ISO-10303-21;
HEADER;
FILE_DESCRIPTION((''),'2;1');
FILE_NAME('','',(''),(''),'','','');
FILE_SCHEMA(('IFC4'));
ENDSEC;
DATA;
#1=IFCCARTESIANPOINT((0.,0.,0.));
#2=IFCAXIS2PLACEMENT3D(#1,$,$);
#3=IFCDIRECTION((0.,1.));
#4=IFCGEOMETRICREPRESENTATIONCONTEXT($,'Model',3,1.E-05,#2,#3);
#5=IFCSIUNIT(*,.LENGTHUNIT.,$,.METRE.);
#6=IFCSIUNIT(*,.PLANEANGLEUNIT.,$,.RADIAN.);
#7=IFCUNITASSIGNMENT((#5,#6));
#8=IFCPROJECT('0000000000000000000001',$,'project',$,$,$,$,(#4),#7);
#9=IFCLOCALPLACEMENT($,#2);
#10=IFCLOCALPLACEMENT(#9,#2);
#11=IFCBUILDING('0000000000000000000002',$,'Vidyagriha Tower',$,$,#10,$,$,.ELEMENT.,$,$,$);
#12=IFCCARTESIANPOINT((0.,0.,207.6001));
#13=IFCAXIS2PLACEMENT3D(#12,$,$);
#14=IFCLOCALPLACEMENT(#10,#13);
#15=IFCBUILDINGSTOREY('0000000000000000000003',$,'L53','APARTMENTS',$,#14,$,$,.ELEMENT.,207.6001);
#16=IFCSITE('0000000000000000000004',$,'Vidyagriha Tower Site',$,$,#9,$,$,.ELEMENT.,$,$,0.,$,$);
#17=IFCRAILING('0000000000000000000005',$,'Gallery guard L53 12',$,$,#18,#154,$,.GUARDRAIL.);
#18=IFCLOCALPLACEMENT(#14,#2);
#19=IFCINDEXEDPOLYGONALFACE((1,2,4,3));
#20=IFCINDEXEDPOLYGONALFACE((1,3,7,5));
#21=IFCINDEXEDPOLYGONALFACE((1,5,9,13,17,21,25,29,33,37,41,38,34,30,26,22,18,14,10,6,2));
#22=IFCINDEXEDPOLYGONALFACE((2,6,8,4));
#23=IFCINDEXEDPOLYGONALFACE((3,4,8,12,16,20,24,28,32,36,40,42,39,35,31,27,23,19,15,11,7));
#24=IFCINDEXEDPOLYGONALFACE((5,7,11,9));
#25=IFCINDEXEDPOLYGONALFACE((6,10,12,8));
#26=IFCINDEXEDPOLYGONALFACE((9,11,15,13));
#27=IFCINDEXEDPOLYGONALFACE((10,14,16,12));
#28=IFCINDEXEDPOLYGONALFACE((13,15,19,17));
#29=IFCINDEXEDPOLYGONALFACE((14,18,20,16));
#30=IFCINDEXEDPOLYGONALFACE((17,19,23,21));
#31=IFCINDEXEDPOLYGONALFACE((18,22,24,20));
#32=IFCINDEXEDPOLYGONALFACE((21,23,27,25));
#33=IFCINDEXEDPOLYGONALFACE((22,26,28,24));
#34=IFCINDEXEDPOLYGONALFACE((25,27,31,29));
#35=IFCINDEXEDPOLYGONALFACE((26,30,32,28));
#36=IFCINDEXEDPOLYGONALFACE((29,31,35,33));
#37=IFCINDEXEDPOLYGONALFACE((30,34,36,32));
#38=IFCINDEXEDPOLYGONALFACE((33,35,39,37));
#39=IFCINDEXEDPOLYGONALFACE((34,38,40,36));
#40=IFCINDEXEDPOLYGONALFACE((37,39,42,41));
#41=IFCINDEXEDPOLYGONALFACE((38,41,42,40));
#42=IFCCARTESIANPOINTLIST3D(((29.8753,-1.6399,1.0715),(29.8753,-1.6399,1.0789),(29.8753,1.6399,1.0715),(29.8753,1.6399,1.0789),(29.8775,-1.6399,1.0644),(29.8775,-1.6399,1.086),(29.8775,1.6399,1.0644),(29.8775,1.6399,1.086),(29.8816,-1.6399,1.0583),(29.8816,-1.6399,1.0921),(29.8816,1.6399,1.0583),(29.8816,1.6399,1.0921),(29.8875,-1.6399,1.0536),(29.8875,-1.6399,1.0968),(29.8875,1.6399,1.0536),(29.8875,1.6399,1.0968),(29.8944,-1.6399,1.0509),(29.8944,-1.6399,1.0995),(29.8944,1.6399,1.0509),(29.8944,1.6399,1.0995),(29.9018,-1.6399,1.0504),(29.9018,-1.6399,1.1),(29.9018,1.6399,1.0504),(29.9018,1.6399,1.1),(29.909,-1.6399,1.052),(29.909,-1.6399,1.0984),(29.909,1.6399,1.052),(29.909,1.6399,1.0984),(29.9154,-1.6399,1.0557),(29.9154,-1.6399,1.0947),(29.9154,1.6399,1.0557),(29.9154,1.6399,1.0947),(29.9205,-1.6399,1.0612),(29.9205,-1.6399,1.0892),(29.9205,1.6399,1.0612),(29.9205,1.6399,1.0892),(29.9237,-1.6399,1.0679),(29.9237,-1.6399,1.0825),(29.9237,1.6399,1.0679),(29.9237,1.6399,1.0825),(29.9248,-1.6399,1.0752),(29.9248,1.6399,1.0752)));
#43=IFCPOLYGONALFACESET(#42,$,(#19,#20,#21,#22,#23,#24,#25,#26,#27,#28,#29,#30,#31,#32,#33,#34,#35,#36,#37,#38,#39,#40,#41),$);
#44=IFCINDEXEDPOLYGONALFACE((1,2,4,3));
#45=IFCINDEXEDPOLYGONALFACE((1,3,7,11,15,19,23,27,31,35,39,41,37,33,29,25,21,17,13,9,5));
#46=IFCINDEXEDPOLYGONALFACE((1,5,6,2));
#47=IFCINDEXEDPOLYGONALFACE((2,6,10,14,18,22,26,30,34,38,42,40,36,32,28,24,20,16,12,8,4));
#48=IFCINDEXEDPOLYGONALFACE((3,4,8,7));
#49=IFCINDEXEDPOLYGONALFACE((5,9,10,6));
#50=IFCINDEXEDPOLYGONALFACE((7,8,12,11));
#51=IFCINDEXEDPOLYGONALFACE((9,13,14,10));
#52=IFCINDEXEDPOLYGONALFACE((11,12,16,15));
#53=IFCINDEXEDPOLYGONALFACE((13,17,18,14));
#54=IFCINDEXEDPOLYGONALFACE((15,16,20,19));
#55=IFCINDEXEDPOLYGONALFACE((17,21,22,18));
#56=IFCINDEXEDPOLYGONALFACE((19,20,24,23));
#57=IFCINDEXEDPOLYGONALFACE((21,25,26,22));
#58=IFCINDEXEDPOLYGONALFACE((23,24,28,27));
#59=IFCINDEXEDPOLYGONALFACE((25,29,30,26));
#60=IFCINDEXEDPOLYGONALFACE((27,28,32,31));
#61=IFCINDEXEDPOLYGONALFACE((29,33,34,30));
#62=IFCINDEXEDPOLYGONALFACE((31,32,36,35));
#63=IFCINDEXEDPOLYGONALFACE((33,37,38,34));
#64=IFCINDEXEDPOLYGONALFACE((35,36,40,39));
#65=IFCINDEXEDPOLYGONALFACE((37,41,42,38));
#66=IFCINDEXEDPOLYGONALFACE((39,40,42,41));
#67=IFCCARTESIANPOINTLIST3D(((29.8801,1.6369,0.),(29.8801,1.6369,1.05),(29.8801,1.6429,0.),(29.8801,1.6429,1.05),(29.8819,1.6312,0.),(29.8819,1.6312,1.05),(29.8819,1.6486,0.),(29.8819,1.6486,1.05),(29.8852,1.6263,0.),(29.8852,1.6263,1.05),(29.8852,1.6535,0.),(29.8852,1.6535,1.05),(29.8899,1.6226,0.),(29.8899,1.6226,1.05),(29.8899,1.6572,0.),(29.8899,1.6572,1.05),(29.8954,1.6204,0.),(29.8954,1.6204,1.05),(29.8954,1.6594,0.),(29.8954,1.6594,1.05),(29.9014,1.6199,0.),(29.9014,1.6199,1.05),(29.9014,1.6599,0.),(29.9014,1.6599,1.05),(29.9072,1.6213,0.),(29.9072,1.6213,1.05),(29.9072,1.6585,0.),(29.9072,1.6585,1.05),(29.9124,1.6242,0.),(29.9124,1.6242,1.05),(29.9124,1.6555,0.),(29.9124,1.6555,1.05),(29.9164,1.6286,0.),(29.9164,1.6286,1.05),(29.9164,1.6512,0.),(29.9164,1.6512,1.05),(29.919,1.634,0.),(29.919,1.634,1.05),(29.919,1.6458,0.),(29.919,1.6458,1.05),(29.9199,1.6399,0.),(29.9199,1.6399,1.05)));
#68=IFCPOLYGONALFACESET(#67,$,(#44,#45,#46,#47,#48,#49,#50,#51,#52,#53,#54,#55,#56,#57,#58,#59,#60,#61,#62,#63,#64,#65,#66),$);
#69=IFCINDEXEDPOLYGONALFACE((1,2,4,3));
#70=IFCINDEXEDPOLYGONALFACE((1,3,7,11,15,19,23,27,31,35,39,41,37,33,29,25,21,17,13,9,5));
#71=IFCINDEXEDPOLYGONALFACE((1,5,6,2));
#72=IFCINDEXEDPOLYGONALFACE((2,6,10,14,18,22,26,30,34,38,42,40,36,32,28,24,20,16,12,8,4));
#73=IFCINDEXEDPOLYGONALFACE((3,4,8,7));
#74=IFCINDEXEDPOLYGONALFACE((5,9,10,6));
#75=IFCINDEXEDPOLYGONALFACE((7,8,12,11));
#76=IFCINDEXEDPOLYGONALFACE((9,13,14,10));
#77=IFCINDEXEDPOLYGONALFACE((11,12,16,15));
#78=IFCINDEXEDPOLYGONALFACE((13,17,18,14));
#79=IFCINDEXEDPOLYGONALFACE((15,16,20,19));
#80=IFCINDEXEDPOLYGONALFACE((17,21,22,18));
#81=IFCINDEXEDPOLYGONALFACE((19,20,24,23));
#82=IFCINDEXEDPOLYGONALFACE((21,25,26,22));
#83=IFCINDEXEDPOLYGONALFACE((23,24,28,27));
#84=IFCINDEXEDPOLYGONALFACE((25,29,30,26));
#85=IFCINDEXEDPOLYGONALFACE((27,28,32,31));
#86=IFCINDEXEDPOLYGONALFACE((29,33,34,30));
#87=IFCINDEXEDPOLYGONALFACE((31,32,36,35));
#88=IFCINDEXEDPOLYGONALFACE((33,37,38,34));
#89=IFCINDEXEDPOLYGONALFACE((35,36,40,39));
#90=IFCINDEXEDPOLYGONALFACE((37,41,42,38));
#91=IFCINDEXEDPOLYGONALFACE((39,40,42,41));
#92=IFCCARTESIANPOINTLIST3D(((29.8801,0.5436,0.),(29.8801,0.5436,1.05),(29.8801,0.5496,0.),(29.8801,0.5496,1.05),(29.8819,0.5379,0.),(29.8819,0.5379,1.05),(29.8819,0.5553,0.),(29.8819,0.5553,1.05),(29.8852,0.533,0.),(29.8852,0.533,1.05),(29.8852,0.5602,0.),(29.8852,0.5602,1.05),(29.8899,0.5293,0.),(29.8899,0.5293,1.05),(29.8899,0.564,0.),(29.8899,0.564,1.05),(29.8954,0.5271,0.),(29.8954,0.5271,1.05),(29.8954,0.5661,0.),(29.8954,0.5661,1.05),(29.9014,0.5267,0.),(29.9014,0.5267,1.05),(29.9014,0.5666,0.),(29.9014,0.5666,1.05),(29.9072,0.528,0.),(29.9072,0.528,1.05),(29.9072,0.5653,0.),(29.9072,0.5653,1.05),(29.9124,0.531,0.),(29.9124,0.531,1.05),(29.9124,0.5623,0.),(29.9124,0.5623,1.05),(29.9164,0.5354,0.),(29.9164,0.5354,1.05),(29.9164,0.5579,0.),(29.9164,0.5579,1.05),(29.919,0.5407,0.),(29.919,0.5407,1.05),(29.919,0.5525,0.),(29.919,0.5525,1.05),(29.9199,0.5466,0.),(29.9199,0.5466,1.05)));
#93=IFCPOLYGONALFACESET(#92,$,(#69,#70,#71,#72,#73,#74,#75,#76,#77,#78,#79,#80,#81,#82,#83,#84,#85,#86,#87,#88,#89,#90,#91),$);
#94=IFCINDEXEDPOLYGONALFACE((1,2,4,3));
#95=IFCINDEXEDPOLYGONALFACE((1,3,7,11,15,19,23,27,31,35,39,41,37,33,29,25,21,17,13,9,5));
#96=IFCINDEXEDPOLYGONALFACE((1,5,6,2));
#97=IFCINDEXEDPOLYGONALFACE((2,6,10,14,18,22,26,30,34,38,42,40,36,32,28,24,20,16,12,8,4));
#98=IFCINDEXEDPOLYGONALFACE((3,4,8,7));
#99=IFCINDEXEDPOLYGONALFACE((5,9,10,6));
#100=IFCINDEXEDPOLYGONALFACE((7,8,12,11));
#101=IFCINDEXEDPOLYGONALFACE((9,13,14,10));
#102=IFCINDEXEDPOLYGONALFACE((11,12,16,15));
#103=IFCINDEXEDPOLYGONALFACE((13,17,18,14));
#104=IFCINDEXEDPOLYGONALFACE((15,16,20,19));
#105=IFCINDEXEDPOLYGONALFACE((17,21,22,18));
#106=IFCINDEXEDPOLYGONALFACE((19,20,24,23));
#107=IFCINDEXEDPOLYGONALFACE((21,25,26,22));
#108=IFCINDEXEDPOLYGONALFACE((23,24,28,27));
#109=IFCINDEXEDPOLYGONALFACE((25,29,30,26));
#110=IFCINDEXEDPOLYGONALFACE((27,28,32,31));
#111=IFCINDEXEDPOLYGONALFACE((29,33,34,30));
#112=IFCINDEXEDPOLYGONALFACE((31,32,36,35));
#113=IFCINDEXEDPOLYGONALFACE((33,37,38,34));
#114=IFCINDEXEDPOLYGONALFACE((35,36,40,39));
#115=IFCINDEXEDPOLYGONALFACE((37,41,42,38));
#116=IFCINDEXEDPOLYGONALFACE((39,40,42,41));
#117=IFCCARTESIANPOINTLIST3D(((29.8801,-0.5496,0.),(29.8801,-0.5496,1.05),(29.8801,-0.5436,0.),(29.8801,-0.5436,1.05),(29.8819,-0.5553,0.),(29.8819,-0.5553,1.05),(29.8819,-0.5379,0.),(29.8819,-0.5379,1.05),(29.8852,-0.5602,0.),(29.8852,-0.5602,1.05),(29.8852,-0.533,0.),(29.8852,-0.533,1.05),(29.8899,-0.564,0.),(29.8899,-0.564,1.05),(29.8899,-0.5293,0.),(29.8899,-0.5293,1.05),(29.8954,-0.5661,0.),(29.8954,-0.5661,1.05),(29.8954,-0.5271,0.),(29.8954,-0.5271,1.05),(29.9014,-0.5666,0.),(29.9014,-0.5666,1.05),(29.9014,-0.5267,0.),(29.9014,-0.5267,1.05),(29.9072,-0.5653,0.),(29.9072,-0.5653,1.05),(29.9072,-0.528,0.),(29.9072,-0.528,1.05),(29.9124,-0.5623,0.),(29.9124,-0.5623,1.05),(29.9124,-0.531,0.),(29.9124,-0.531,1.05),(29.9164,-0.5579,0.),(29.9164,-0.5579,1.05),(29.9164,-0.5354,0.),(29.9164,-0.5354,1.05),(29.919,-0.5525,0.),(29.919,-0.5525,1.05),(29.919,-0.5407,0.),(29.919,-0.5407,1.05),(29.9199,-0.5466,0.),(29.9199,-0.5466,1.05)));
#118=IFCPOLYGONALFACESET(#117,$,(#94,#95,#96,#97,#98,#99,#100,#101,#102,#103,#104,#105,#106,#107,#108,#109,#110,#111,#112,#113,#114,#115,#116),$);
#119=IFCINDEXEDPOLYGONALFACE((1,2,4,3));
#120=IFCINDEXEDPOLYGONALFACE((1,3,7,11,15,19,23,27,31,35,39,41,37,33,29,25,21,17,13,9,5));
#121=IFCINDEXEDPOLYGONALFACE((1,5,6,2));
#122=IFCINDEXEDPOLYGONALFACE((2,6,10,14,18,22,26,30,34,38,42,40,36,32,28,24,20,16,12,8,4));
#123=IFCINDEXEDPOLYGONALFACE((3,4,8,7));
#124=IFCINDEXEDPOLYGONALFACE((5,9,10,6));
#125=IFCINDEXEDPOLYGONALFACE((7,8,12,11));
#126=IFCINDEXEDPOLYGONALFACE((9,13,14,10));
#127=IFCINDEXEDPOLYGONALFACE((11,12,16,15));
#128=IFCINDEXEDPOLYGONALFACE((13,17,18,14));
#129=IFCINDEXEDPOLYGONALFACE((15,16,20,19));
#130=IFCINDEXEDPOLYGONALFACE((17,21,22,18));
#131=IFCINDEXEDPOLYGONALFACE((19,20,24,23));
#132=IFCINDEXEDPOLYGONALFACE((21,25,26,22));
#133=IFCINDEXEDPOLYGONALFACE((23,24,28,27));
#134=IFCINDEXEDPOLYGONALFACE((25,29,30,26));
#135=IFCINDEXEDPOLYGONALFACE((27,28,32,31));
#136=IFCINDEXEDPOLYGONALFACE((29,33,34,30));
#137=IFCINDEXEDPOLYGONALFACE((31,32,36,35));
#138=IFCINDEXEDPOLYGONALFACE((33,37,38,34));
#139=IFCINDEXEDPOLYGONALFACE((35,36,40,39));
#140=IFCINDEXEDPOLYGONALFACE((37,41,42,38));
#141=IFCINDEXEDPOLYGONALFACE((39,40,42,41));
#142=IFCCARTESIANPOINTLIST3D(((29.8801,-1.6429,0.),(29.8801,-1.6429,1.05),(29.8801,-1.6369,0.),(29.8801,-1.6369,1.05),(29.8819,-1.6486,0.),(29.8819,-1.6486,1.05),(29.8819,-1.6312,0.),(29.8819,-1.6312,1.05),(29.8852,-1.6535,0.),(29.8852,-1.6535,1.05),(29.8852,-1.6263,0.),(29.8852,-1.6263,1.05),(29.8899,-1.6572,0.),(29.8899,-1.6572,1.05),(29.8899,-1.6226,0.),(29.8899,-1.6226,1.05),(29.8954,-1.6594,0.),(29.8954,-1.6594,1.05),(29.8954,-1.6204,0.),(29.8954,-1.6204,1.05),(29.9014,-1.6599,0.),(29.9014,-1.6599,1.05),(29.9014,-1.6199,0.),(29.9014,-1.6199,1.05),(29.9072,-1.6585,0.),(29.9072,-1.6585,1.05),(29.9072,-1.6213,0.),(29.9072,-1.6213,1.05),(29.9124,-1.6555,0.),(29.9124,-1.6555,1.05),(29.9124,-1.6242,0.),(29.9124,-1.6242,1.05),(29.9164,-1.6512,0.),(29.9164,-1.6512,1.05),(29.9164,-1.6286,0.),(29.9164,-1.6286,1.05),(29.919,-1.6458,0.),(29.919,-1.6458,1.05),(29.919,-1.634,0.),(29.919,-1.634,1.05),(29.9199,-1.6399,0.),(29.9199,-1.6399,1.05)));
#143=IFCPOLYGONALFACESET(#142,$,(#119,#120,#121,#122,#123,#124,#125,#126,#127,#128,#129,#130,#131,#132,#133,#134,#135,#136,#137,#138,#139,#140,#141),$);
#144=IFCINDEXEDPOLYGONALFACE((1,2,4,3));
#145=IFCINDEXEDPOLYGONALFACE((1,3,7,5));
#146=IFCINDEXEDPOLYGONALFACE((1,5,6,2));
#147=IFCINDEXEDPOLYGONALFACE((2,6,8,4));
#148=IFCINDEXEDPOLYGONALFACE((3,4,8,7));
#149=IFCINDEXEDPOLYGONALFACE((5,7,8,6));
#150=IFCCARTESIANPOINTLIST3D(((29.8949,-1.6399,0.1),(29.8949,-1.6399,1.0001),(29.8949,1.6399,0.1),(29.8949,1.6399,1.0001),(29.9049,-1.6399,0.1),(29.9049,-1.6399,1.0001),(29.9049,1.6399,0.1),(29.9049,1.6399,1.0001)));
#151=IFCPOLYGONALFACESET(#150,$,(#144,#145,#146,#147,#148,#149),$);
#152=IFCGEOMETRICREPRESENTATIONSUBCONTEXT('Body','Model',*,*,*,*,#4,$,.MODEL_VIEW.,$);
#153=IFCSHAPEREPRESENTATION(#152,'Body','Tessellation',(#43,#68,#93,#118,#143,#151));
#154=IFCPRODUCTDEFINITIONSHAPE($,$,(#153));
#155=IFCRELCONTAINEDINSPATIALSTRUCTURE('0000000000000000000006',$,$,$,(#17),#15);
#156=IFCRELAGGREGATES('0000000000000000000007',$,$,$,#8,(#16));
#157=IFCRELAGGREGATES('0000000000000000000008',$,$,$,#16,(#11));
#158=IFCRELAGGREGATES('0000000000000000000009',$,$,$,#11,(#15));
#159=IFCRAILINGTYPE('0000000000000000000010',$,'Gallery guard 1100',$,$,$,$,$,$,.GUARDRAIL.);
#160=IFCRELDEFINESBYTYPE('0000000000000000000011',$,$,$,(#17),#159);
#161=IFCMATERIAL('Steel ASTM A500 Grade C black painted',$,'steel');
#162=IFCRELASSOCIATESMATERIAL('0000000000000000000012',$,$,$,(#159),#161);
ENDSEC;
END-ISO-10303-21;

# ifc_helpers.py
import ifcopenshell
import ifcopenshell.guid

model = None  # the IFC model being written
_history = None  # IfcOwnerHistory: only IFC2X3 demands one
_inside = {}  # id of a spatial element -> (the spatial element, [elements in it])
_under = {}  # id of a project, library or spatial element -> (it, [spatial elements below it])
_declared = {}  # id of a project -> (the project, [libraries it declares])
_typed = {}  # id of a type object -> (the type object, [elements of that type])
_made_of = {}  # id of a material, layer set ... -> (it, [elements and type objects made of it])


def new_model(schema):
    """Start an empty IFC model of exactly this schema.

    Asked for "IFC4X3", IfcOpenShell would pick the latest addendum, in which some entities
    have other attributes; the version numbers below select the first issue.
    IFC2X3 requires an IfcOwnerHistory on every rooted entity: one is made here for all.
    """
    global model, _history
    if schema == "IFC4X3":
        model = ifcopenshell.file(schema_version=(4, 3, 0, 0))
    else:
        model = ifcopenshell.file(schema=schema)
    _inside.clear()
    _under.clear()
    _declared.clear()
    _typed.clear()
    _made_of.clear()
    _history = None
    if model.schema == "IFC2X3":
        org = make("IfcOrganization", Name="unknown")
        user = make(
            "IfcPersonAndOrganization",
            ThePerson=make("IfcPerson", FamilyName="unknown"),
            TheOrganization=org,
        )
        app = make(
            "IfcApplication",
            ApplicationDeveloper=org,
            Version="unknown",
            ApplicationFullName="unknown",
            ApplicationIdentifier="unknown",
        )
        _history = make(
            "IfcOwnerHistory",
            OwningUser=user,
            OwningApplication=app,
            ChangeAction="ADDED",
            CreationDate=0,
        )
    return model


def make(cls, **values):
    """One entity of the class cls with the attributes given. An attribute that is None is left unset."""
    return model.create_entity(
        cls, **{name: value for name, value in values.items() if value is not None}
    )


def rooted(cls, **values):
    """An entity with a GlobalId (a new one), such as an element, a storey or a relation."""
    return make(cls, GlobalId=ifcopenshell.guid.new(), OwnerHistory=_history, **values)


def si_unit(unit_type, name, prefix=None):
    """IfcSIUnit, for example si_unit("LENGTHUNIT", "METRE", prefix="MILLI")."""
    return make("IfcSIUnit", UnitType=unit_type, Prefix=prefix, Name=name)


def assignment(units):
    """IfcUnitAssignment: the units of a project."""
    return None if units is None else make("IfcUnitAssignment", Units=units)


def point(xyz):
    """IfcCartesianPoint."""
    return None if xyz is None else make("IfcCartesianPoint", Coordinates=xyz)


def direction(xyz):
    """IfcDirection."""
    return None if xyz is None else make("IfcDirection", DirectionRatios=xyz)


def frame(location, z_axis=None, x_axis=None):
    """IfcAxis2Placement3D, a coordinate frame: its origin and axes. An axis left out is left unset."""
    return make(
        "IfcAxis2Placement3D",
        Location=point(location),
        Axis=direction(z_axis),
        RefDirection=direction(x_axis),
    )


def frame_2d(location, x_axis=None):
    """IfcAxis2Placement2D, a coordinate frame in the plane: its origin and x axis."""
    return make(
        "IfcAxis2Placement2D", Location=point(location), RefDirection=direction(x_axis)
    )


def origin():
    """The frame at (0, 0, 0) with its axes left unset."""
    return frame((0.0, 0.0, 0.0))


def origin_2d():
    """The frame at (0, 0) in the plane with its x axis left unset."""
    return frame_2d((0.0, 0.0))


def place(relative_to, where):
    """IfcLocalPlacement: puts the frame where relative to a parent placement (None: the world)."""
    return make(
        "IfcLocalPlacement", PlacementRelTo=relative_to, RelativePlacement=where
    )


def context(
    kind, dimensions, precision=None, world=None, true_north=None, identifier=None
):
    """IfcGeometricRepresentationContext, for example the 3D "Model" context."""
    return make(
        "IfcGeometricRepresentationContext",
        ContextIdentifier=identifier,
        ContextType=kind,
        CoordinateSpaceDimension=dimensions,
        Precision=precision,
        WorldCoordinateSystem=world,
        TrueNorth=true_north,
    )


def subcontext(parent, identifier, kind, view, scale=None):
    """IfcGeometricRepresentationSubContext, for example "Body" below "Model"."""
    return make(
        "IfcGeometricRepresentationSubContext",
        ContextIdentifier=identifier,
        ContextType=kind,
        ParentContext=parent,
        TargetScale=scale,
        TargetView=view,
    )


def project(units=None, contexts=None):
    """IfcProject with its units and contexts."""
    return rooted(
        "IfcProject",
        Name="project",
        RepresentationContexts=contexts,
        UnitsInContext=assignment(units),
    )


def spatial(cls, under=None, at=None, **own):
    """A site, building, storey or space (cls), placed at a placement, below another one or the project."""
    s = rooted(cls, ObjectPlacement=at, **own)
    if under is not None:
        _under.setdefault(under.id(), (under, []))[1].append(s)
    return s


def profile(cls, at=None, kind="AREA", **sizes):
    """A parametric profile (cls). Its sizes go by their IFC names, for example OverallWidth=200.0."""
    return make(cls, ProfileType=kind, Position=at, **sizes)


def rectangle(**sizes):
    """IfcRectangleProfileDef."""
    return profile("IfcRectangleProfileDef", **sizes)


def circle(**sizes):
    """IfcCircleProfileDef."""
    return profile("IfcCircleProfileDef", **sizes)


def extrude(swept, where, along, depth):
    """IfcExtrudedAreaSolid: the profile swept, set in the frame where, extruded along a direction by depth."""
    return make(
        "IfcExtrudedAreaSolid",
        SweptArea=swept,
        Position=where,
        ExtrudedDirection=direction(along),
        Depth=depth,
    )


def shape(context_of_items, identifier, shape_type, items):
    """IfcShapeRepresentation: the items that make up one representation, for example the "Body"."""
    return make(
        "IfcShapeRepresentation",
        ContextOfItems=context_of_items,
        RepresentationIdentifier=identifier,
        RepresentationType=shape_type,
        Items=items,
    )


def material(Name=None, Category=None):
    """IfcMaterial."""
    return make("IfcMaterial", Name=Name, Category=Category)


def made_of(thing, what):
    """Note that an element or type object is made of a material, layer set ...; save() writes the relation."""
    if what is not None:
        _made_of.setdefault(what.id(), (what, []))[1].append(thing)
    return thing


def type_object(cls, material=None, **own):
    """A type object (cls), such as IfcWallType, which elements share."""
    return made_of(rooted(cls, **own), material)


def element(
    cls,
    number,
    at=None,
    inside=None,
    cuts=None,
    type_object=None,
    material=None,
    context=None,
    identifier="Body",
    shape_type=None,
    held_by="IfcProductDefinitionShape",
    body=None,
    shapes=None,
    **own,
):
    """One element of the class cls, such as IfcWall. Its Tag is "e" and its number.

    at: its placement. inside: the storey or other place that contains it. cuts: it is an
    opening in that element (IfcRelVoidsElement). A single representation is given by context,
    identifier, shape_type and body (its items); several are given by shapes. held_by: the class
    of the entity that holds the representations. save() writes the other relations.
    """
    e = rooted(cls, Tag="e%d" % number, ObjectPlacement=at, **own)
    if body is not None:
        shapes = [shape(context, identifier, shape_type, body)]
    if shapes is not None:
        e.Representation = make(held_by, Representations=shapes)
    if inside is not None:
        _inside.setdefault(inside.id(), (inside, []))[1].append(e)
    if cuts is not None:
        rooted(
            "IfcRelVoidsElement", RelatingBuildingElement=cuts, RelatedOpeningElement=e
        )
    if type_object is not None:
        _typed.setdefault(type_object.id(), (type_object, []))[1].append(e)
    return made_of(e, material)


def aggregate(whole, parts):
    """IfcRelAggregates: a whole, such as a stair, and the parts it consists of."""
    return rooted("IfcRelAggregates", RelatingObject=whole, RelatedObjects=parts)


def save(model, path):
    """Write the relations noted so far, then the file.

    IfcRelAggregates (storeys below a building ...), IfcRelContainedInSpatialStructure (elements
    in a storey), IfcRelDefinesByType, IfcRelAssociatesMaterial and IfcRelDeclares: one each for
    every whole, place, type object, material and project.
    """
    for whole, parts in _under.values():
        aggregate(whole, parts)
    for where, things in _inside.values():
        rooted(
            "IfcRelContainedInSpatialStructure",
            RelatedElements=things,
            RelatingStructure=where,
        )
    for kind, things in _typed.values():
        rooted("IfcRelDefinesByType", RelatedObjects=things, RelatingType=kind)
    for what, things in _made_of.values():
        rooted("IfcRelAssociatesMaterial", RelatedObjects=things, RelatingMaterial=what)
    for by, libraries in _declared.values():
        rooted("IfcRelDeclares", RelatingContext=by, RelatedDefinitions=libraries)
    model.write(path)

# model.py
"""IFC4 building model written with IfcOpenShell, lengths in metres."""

from ifc_helpers import new_model, si_unit, direction, frame, origin, origin_2d, place, context, subcontext, project, spatial, rectangle, circle, extrude, material, type_object, element, save


model = new_model("IFC4")

# Units and contexts
model_context = context("Model", 3, precision=1e-05, world=origin(), true_north=direction((0.0, 1.0)))
body_context = subcontext(model_context, "Body", "Model", "MODEL_VIEW")
ifc_project = project(units=[si_unit("LENGTHUNIT", "METRE"), si_unit("PLANEANGLEUNIT", "RADIAN")], contexts=[model_context])

# Site, building, storey
site_placement = place(None, origin())
site = spatial("IfcSite", under=ifc_project, at=site_placement, Name="Vidyagriha Tower Site", CompositionType="ELEMENT", RefElevation=0.0)
building_placement = place(site_placement, origin())
building = spatial("IfcBuilding", under=site, at=building_placement, Name="Vidyagriha Tower", CompositionType="ELEMENT")
storey_placement = place(building_placement, frame((0.0, 0.0, 207.6001)))
storey = spatial("IfcBuildingStorey", under=building, at=storey_placement, Name="L53", Description="APARTMENTS", CompositionType="ELEMENT", Elevation=207.6001)

# Railing
ifc_material_1 = material(Name="Steel ASTM A500 Grade C black painted", Category="steel")
railing_type_1 = type_object("IfcRailingType", Name="Gallery guard 1100", PredefinedType="GUARDRAIL", material=ifc_material_1)
railing_1_placement = place(storey_placement, frame((29.8999, 1.6399, 0.0)))
element("IfcRailing", 1, at=railing_1_placement, inside=storey, type_object=railing_type_1, Name="Gallery guard L53 12", PredefinedType="GUARDRAIL", context=body_context, shape_type="SweptSolid", body=[
    extrude(circle(Radius=0.0249, at=origin_2d()), frame((0.0, 0.0, 1.0752), z_axis=(0.0, -1.0, 0.0), x_axis=(1.0, 0.0, 0.0)), (0.0, 0.0, 1.0), 3.2798),
    extrude(circle(Radius=0.02, at=origin_2d()), origin(), (0.0, 0.0, 1.0), 1.05),
    extrude(circle(Radius=0.02, at=origin_2d()), frame((0.0, -1.0933, 0.0)), (0.0, 0.0, 1.0), 1.05),
    extrude(circle(Radius=0.02, at=origin_2d()), frame((0.0, -2.1865, 0.0)), (0.0, 0.0, 1.0), 1.05),
    extrude(circle(Radius=0.02, at=origin_2d()), frame((0.0, -3.2798, 0.0)), (0.0, 0.0, 1.0), 1.05),
    extrude(rectangle(XDim=0.01, YDim=0.9001, at=origin_2d()), frame((0.0, 0.0, 0.55), z_axis=(0.0, -1.0, 0.0), x_axis=(1.0, 0.0, 0.0)), (0.0, 0.0, 1.0), 3.2798),
])

save(model, "model.ifc")
